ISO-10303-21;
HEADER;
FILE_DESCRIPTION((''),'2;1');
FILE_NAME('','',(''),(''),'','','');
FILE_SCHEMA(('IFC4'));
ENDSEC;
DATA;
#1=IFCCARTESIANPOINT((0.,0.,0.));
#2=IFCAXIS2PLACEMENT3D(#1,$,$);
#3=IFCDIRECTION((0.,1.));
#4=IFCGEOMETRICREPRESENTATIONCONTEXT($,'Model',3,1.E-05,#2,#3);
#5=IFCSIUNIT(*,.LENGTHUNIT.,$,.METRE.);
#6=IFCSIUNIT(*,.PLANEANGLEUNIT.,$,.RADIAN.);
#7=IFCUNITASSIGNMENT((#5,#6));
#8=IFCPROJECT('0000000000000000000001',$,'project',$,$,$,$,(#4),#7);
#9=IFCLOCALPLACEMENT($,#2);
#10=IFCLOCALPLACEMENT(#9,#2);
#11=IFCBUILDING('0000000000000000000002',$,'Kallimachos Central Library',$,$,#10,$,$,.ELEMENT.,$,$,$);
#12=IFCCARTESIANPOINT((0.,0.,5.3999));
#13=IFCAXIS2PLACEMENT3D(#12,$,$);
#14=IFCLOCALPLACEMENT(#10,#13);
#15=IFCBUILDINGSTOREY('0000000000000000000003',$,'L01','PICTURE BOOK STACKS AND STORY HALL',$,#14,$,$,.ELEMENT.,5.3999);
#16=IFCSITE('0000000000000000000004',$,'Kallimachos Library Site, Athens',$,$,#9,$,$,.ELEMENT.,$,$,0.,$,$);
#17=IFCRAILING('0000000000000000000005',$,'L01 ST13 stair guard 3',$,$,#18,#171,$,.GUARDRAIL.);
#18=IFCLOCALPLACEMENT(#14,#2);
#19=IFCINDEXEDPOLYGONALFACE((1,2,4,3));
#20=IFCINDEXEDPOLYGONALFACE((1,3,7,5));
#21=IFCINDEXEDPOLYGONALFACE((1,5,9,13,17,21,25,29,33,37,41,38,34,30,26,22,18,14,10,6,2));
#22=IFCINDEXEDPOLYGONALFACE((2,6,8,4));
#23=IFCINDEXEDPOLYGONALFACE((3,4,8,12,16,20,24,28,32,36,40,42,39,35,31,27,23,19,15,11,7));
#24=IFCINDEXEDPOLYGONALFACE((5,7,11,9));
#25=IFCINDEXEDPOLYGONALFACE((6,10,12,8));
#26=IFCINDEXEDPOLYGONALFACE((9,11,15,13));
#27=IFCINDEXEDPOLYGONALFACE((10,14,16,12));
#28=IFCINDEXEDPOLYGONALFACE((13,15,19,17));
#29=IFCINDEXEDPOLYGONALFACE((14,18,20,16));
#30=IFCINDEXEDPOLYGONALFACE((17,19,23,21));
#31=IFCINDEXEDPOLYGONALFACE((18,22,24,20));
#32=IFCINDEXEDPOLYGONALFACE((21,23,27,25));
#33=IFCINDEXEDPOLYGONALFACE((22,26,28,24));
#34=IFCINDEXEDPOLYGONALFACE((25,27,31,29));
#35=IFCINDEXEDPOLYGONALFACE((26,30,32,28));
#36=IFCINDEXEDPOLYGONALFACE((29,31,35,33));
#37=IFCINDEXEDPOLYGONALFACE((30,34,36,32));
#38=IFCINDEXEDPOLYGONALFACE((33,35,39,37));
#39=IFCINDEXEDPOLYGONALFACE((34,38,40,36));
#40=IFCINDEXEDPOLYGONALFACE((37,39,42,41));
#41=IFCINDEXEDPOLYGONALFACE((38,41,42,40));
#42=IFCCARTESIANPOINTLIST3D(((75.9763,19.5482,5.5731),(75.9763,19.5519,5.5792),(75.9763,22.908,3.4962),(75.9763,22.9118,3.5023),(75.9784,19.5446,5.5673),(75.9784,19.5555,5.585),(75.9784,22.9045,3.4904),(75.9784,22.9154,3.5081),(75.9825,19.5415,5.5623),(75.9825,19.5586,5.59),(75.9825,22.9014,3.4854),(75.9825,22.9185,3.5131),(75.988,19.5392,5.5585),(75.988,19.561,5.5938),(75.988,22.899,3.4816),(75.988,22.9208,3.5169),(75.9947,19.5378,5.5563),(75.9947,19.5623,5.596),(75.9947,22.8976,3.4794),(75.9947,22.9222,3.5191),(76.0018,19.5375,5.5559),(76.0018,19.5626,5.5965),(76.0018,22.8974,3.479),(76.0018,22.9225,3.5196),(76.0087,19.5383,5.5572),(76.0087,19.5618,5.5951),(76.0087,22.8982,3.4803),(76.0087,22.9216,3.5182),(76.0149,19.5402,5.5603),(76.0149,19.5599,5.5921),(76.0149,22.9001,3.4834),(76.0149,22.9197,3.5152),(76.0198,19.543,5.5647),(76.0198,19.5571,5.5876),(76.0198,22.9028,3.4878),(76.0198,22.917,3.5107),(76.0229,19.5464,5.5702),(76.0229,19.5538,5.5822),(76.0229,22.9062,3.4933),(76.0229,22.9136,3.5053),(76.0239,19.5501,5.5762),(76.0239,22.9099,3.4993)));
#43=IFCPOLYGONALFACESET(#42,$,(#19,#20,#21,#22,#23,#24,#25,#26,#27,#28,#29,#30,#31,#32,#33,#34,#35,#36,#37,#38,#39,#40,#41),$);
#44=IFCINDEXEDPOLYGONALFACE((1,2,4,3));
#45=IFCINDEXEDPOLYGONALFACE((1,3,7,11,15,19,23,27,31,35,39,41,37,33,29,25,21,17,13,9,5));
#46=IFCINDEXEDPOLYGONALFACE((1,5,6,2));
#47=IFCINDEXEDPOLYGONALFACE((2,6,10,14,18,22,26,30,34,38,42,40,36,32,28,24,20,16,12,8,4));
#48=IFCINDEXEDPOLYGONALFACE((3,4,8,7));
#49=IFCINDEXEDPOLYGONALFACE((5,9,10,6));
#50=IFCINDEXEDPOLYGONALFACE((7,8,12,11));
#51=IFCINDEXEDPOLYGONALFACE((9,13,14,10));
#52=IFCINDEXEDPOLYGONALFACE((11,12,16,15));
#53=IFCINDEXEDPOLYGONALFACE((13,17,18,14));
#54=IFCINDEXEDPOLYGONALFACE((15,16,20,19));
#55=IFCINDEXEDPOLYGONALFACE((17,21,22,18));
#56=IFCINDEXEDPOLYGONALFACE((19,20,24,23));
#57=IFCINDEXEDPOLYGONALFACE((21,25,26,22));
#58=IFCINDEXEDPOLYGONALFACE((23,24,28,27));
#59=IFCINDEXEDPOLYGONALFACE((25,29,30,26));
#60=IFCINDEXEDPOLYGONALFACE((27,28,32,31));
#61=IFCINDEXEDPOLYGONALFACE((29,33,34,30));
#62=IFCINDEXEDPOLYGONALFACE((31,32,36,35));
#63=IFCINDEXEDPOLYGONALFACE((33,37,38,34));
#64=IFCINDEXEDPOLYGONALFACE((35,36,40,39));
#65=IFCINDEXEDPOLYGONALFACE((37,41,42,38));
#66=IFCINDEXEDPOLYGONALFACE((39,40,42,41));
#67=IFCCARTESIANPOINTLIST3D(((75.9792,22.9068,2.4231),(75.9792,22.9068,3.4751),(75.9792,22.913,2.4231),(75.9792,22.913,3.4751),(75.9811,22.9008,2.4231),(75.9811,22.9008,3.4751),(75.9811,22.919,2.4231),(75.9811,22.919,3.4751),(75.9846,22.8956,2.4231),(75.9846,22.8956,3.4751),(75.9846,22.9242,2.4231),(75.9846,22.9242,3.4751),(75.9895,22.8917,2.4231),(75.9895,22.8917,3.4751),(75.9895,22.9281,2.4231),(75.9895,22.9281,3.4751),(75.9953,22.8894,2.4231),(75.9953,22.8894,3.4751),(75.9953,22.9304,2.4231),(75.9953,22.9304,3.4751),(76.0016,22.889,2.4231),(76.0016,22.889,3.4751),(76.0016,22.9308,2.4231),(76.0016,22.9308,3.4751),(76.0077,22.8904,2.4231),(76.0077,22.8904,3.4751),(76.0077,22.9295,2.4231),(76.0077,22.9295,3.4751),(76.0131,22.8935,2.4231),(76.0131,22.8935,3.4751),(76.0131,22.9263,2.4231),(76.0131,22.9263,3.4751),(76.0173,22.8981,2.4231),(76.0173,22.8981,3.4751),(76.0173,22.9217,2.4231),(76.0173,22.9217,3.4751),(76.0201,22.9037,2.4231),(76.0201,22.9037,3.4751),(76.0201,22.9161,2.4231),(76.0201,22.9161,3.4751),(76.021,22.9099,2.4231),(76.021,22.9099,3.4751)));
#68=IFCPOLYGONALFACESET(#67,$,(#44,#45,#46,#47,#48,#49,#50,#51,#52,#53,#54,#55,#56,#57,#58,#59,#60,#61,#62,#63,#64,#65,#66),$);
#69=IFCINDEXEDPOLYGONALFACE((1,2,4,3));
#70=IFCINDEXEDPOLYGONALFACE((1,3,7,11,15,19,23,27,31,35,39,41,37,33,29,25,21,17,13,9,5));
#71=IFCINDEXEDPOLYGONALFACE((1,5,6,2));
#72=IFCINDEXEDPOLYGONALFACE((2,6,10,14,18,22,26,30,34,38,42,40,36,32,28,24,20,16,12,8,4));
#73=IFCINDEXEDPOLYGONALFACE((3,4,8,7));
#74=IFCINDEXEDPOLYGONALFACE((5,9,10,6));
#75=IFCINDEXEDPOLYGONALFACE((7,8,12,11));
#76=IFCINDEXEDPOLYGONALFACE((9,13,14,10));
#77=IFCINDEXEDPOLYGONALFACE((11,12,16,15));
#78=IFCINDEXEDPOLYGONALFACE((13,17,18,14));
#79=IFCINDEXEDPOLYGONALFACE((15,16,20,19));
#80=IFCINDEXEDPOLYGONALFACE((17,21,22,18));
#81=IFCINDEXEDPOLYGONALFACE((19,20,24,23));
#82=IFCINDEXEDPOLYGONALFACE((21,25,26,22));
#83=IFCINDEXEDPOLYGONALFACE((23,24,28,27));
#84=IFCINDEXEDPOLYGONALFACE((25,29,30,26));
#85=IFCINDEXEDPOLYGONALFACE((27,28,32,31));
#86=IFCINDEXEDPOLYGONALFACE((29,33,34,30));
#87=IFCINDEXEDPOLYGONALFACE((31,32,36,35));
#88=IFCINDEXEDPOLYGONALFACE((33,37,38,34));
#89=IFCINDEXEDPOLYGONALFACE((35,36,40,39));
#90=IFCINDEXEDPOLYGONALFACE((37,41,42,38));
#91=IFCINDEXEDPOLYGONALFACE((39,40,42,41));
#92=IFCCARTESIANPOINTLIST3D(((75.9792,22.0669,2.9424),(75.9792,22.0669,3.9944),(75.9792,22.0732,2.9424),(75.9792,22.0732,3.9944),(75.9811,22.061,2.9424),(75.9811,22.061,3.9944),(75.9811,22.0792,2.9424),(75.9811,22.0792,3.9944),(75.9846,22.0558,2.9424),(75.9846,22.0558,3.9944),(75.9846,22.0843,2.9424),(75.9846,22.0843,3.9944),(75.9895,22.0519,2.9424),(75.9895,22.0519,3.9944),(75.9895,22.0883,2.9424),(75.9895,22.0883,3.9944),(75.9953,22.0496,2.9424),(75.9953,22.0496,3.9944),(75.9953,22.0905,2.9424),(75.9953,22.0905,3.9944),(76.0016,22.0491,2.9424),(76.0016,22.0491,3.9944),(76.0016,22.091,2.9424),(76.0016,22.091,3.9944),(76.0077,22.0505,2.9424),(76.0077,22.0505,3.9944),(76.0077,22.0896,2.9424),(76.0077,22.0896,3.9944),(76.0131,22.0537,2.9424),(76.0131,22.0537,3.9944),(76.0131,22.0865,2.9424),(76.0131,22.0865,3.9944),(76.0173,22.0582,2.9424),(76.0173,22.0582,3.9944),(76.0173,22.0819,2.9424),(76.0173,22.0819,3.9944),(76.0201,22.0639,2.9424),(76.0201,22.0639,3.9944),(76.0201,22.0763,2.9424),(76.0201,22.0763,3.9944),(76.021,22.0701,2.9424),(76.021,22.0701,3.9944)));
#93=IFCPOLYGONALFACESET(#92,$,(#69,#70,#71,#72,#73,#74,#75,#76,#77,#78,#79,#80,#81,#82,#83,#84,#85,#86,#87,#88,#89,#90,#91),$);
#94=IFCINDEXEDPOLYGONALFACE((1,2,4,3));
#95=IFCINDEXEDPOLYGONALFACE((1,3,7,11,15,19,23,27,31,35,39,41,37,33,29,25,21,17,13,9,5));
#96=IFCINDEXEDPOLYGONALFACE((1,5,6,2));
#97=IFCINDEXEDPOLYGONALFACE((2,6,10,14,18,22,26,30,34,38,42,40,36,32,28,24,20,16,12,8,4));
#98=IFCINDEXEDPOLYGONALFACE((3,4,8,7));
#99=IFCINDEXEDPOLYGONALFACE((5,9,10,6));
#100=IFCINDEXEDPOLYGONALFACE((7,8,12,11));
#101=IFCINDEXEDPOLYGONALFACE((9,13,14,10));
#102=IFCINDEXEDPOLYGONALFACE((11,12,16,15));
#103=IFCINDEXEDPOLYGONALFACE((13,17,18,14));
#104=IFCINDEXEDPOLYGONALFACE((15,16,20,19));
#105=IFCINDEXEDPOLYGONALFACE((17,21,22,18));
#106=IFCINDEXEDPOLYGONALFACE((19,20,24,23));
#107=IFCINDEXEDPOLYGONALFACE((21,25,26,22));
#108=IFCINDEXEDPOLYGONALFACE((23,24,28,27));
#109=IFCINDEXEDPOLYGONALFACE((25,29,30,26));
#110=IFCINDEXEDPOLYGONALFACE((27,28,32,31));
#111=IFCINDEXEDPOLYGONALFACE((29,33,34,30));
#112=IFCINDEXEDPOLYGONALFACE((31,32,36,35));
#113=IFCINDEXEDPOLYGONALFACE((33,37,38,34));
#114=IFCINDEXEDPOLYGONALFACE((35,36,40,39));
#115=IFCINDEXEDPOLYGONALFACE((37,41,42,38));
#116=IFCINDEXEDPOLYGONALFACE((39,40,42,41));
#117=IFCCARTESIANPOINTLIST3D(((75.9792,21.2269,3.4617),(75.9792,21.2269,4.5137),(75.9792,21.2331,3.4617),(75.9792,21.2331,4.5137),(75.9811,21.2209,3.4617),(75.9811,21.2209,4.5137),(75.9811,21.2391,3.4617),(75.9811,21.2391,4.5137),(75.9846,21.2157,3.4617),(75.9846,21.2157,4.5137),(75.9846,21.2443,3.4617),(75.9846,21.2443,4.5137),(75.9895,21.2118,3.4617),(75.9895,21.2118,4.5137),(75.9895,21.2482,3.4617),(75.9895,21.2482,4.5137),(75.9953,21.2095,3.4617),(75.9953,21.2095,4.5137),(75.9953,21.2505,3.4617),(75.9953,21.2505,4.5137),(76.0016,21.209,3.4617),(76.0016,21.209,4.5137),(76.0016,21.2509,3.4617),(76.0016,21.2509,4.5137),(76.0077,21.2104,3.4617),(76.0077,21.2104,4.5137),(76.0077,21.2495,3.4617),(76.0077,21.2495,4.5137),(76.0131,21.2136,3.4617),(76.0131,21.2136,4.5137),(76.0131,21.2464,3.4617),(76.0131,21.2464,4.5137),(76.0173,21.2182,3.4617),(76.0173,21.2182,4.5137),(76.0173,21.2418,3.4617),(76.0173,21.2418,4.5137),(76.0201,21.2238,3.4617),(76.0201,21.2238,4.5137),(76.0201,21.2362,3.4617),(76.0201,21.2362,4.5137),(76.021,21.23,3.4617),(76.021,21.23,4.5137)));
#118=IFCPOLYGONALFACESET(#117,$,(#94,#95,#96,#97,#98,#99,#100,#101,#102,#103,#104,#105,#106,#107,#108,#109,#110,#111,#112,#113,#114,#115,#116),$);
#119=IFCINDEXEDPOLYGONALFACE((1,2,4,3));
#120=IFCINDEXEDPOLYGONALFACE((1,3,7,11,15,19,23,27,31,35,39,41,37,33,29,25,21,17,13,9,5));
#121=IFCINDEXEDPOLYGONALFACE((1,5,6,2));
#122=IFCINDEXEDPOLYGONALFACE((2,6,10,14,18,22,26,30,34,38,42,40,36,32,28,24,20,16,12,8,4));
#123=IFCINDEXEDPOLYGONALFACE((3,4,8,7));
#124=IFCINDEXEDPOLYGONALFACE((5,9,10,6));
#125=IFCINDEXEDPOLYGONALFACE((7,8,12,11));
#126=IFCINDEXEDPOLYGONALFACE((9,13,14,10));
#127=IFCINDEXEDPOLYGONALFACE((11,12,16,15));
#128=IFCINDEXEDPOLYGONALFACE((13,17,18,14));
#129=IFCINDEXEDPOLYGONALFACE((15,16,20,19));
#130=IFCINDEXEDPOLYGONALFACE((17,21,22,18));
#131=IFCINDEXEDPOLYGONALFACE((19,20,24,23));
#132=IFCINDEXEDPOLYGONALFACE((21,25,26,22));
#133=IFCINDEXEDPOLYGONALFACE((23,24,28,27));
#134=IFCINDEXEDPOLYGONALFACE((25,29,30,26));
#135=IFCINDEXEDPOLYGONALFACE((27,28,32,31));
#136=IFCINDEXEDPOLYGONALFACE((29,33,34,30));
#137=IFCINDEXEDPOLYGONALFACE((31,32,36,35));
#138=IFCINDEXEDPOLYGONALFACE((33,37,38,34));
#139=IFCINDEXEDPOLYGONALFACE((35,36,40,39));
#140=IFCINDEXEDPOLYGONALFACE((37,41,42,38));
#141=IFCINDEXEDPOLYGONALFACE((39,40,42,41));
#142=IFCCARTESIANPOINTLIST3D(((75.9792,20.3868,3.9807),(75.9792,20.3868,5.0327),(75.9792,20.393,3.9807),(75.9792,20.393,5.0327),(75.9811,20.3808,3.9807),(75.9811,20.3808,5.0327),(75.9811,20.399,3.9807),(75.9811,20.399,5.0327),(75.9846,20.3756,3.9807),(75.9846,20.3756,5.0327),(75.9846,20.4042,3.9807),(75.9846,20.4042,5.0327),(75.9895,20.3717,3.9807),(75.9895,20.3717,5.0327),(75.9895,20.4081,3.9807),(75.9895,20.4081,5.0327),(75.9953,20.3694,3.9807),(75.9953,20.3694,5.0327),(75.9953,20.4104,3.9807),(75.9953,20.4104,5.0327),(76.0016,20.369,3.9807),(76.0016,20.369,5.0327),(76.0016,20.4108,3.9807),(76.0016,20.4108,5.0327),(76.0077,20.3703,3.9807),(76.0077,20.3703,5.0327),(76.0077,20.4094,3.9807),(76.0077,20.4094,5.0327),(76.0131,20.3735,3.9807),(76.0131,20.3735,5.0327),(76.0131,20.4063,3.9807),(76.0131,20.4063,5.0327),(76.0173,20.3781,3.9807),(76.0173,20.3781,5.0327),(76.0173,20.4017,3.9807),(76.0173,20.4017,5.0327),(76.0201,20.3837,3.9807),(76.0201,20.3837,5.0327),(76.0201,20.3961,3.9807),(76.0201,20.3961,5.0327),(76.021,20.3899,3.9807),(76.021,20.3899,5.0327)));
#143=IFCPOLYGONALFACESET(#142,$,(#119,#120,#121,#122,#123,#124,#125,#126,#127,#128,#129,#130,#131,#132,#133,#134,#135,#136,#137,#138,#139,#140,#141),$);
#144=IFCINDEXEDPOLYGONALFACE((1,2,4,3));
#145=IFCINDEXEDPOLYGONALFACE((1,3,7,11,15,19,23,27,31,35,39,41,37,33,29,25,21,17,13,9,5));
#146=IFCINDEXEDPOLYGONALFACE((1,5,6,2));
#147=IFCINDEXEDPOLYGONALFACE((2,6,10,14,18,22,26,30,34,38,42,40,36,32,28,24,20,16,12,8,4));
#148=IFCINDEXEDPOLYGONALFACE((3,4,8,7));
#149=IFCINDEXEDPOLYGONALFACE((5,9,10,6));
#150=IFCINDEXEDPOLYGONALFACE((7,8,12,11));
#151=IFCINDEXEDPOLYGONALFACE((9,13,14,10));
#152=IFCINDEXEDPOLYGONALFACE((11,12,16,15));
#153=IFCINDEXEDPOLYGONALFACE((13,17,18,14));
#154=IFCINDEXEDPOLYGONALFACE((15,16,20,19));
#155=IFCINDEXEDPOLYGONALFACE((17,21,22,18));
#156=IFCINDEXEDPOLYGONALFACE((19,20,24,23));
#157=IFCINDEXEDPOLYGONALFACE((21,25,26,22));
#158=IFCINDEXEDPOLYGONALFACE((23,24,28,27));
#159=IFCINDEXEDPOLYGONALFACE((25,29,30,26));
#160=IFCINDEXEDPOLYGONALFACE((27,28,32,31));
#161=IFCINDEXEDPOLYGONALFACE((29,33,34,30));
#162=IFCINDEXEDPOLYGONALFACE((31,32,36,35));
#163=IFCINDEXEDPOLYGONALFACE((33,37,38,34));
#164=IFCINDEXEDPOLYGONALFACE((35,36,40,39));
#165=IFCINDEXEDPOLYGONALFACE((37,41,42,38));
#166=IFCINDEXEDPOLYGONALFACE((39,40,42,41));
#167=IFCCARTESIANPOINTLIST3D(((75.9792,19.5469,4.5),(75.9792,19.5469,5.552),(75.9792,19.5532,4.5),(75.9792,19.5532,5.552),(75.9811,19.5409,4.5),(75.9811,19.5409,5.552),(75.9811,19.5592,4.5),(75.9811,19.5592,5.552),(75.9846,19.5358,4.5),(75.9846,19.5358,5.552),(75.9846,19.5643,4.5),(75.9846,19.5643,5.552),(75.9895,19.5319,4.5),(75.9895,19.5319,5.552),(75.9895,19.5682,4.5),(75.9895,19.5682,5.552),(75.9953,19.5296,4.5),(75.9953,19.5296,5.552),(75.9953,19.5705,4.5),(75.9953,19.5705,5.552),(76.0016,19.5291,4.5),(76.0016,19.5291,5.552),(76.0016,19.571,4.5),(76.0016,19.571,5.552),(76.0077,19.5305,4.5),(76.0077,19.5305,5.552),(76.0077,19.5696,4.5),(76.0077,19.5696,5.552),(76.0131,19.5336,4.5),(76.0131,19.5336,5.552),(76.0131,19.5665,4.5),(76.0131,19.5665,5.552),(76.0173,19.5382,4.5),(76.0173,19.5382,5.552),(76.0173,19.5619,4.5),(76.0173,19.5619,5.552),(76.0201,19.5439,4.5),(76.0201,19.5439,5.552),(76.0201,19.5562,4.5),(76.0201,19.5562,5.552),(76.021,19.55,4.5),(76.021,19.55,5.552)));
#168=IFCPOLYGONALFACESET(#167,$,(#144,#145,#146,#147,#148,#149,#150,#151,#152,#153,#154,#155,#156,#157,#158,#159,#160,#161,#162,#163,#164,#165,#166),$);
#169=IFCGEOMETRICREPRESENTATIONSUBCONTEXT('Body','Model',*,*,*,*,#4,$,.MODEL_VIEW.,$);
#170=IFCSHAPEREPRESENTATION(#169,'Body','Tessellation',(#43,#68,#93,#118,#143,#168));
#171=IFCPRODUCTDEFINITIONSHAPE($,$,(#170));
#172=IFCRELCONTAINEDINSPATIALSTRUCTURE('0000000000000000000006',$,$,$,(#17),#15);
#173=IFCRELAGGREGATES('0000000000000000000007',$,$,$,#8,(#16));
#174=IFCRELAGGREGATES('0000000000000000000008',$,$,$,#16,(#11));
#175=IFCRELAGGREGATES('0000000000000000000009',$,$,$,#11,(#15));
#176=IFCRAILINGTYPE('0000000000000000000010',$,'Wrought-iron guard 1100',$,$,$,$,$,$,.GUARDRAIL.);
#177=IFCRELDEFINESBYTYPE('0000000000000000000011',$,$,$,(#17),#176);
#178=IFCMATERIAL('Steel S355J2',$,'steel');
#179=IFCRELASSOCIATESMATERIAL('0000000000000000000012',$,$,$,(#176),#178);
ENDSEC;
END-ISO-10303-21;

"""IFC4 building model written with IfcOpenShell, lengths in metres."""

from ifc_helpers import new_model, si_unit, direction, frame, origin, origin_2d, place, context, subcontext, project, spatial, circle, extrude, material, type_object, element, save


model = new_model("IFC4")

# Units and contexts
model_context = context("Model", 3, precision=1e-05, world=origin(), true_north=direction((0.0, 1.0)))
body_context = subcontext(model_context, "Body", "Model", "MODEL_VIEW")
ifc_project = project(units=[si_unit("LENGTHUNIT", "METRE"), si_unit("PLANEANGLEUNIT", "RADIAN")], contexts=[model_context])

# Site, building, storey
site_placement = place(None, origin())
site = spatial("IfcSite", under=ifc_project, at=site_placement, Name="Kallimachos Library Site, Athens", CompositionType="ELEMENT", RefElevation=0.0)
building_placement = place(site_placement, origin())
building = spatial("IfcBuilding", under=site, at=building_placement, Name="Kallimachos Central Library", CompositionType="ELEMENT")
storey_placement = place(building_placement, frame((0.0, 0.0, 5.3999)))
storey = spatial("IfcBuildingStorey", under=building, at=storey_placement, Name="L01", Description="PICTURE BOOK STACKS AND STORY HALL", CompositionType="ELEMENT", Elevation=5.3999)

# Railing
ifc_material_1 = material(Name="Steel S355J2", Category="steel")
railing_type_1 = type_object("IfcRailingType", Name="Wrought-iron guard 1100", PredefinedType="GUARDRAIL", material=ifc_material_1)
railing_1_placement = place(storey_placement, frame((76.0, 22.9099, 2.4231)))
element("IfcRailing", 1, at=railing_1_placement, inside=storey, type_object=railing_type_1, Name="L01 ST13 stair guard 3", PredefinedType="GUARDRAIL", context=body_context, shape_type="SweptSolid", body=[
    extrude(circle(Radius=0.0239, at=origin_2d()), frame((0.0, 0.0, 1.0762), z_axis=(0.0, -0.850606, 0.525803), x_axis=(1.0, 0.0, 0.0)), (0.0, 0.0, 1.0), 3.95),
    extrude(circle(Radius=0.021, at=origin_2d()), origin(), (0.0, 0.0, 1.0), 1.052),
    extrude(circle(Radius=0.021, at=origin_2d()), frame((0.0, -0.8398, 0.5193)), (0.0, 0.0, 1.0), 1.052),
    extrude(circle(Radius=0.021, at=origin_2d()), frame((0.0, -1.6799, 1.0386)), (0.0, 0.0, 1.0), 1.052),
    extrude(circle(Radius=0.021, at=origin_2d()), frame((0.0, -2.52, 1.5576)), (0.0, 0.0, 1.0), 1.052),
    extrude(circle(Radius=0.021, at=origin_2d()), frame((0.0, -3.3599, 2.0769)), (0.0, 0.0, 1.0), 1.052),
])

save(model, "model.ifc")
